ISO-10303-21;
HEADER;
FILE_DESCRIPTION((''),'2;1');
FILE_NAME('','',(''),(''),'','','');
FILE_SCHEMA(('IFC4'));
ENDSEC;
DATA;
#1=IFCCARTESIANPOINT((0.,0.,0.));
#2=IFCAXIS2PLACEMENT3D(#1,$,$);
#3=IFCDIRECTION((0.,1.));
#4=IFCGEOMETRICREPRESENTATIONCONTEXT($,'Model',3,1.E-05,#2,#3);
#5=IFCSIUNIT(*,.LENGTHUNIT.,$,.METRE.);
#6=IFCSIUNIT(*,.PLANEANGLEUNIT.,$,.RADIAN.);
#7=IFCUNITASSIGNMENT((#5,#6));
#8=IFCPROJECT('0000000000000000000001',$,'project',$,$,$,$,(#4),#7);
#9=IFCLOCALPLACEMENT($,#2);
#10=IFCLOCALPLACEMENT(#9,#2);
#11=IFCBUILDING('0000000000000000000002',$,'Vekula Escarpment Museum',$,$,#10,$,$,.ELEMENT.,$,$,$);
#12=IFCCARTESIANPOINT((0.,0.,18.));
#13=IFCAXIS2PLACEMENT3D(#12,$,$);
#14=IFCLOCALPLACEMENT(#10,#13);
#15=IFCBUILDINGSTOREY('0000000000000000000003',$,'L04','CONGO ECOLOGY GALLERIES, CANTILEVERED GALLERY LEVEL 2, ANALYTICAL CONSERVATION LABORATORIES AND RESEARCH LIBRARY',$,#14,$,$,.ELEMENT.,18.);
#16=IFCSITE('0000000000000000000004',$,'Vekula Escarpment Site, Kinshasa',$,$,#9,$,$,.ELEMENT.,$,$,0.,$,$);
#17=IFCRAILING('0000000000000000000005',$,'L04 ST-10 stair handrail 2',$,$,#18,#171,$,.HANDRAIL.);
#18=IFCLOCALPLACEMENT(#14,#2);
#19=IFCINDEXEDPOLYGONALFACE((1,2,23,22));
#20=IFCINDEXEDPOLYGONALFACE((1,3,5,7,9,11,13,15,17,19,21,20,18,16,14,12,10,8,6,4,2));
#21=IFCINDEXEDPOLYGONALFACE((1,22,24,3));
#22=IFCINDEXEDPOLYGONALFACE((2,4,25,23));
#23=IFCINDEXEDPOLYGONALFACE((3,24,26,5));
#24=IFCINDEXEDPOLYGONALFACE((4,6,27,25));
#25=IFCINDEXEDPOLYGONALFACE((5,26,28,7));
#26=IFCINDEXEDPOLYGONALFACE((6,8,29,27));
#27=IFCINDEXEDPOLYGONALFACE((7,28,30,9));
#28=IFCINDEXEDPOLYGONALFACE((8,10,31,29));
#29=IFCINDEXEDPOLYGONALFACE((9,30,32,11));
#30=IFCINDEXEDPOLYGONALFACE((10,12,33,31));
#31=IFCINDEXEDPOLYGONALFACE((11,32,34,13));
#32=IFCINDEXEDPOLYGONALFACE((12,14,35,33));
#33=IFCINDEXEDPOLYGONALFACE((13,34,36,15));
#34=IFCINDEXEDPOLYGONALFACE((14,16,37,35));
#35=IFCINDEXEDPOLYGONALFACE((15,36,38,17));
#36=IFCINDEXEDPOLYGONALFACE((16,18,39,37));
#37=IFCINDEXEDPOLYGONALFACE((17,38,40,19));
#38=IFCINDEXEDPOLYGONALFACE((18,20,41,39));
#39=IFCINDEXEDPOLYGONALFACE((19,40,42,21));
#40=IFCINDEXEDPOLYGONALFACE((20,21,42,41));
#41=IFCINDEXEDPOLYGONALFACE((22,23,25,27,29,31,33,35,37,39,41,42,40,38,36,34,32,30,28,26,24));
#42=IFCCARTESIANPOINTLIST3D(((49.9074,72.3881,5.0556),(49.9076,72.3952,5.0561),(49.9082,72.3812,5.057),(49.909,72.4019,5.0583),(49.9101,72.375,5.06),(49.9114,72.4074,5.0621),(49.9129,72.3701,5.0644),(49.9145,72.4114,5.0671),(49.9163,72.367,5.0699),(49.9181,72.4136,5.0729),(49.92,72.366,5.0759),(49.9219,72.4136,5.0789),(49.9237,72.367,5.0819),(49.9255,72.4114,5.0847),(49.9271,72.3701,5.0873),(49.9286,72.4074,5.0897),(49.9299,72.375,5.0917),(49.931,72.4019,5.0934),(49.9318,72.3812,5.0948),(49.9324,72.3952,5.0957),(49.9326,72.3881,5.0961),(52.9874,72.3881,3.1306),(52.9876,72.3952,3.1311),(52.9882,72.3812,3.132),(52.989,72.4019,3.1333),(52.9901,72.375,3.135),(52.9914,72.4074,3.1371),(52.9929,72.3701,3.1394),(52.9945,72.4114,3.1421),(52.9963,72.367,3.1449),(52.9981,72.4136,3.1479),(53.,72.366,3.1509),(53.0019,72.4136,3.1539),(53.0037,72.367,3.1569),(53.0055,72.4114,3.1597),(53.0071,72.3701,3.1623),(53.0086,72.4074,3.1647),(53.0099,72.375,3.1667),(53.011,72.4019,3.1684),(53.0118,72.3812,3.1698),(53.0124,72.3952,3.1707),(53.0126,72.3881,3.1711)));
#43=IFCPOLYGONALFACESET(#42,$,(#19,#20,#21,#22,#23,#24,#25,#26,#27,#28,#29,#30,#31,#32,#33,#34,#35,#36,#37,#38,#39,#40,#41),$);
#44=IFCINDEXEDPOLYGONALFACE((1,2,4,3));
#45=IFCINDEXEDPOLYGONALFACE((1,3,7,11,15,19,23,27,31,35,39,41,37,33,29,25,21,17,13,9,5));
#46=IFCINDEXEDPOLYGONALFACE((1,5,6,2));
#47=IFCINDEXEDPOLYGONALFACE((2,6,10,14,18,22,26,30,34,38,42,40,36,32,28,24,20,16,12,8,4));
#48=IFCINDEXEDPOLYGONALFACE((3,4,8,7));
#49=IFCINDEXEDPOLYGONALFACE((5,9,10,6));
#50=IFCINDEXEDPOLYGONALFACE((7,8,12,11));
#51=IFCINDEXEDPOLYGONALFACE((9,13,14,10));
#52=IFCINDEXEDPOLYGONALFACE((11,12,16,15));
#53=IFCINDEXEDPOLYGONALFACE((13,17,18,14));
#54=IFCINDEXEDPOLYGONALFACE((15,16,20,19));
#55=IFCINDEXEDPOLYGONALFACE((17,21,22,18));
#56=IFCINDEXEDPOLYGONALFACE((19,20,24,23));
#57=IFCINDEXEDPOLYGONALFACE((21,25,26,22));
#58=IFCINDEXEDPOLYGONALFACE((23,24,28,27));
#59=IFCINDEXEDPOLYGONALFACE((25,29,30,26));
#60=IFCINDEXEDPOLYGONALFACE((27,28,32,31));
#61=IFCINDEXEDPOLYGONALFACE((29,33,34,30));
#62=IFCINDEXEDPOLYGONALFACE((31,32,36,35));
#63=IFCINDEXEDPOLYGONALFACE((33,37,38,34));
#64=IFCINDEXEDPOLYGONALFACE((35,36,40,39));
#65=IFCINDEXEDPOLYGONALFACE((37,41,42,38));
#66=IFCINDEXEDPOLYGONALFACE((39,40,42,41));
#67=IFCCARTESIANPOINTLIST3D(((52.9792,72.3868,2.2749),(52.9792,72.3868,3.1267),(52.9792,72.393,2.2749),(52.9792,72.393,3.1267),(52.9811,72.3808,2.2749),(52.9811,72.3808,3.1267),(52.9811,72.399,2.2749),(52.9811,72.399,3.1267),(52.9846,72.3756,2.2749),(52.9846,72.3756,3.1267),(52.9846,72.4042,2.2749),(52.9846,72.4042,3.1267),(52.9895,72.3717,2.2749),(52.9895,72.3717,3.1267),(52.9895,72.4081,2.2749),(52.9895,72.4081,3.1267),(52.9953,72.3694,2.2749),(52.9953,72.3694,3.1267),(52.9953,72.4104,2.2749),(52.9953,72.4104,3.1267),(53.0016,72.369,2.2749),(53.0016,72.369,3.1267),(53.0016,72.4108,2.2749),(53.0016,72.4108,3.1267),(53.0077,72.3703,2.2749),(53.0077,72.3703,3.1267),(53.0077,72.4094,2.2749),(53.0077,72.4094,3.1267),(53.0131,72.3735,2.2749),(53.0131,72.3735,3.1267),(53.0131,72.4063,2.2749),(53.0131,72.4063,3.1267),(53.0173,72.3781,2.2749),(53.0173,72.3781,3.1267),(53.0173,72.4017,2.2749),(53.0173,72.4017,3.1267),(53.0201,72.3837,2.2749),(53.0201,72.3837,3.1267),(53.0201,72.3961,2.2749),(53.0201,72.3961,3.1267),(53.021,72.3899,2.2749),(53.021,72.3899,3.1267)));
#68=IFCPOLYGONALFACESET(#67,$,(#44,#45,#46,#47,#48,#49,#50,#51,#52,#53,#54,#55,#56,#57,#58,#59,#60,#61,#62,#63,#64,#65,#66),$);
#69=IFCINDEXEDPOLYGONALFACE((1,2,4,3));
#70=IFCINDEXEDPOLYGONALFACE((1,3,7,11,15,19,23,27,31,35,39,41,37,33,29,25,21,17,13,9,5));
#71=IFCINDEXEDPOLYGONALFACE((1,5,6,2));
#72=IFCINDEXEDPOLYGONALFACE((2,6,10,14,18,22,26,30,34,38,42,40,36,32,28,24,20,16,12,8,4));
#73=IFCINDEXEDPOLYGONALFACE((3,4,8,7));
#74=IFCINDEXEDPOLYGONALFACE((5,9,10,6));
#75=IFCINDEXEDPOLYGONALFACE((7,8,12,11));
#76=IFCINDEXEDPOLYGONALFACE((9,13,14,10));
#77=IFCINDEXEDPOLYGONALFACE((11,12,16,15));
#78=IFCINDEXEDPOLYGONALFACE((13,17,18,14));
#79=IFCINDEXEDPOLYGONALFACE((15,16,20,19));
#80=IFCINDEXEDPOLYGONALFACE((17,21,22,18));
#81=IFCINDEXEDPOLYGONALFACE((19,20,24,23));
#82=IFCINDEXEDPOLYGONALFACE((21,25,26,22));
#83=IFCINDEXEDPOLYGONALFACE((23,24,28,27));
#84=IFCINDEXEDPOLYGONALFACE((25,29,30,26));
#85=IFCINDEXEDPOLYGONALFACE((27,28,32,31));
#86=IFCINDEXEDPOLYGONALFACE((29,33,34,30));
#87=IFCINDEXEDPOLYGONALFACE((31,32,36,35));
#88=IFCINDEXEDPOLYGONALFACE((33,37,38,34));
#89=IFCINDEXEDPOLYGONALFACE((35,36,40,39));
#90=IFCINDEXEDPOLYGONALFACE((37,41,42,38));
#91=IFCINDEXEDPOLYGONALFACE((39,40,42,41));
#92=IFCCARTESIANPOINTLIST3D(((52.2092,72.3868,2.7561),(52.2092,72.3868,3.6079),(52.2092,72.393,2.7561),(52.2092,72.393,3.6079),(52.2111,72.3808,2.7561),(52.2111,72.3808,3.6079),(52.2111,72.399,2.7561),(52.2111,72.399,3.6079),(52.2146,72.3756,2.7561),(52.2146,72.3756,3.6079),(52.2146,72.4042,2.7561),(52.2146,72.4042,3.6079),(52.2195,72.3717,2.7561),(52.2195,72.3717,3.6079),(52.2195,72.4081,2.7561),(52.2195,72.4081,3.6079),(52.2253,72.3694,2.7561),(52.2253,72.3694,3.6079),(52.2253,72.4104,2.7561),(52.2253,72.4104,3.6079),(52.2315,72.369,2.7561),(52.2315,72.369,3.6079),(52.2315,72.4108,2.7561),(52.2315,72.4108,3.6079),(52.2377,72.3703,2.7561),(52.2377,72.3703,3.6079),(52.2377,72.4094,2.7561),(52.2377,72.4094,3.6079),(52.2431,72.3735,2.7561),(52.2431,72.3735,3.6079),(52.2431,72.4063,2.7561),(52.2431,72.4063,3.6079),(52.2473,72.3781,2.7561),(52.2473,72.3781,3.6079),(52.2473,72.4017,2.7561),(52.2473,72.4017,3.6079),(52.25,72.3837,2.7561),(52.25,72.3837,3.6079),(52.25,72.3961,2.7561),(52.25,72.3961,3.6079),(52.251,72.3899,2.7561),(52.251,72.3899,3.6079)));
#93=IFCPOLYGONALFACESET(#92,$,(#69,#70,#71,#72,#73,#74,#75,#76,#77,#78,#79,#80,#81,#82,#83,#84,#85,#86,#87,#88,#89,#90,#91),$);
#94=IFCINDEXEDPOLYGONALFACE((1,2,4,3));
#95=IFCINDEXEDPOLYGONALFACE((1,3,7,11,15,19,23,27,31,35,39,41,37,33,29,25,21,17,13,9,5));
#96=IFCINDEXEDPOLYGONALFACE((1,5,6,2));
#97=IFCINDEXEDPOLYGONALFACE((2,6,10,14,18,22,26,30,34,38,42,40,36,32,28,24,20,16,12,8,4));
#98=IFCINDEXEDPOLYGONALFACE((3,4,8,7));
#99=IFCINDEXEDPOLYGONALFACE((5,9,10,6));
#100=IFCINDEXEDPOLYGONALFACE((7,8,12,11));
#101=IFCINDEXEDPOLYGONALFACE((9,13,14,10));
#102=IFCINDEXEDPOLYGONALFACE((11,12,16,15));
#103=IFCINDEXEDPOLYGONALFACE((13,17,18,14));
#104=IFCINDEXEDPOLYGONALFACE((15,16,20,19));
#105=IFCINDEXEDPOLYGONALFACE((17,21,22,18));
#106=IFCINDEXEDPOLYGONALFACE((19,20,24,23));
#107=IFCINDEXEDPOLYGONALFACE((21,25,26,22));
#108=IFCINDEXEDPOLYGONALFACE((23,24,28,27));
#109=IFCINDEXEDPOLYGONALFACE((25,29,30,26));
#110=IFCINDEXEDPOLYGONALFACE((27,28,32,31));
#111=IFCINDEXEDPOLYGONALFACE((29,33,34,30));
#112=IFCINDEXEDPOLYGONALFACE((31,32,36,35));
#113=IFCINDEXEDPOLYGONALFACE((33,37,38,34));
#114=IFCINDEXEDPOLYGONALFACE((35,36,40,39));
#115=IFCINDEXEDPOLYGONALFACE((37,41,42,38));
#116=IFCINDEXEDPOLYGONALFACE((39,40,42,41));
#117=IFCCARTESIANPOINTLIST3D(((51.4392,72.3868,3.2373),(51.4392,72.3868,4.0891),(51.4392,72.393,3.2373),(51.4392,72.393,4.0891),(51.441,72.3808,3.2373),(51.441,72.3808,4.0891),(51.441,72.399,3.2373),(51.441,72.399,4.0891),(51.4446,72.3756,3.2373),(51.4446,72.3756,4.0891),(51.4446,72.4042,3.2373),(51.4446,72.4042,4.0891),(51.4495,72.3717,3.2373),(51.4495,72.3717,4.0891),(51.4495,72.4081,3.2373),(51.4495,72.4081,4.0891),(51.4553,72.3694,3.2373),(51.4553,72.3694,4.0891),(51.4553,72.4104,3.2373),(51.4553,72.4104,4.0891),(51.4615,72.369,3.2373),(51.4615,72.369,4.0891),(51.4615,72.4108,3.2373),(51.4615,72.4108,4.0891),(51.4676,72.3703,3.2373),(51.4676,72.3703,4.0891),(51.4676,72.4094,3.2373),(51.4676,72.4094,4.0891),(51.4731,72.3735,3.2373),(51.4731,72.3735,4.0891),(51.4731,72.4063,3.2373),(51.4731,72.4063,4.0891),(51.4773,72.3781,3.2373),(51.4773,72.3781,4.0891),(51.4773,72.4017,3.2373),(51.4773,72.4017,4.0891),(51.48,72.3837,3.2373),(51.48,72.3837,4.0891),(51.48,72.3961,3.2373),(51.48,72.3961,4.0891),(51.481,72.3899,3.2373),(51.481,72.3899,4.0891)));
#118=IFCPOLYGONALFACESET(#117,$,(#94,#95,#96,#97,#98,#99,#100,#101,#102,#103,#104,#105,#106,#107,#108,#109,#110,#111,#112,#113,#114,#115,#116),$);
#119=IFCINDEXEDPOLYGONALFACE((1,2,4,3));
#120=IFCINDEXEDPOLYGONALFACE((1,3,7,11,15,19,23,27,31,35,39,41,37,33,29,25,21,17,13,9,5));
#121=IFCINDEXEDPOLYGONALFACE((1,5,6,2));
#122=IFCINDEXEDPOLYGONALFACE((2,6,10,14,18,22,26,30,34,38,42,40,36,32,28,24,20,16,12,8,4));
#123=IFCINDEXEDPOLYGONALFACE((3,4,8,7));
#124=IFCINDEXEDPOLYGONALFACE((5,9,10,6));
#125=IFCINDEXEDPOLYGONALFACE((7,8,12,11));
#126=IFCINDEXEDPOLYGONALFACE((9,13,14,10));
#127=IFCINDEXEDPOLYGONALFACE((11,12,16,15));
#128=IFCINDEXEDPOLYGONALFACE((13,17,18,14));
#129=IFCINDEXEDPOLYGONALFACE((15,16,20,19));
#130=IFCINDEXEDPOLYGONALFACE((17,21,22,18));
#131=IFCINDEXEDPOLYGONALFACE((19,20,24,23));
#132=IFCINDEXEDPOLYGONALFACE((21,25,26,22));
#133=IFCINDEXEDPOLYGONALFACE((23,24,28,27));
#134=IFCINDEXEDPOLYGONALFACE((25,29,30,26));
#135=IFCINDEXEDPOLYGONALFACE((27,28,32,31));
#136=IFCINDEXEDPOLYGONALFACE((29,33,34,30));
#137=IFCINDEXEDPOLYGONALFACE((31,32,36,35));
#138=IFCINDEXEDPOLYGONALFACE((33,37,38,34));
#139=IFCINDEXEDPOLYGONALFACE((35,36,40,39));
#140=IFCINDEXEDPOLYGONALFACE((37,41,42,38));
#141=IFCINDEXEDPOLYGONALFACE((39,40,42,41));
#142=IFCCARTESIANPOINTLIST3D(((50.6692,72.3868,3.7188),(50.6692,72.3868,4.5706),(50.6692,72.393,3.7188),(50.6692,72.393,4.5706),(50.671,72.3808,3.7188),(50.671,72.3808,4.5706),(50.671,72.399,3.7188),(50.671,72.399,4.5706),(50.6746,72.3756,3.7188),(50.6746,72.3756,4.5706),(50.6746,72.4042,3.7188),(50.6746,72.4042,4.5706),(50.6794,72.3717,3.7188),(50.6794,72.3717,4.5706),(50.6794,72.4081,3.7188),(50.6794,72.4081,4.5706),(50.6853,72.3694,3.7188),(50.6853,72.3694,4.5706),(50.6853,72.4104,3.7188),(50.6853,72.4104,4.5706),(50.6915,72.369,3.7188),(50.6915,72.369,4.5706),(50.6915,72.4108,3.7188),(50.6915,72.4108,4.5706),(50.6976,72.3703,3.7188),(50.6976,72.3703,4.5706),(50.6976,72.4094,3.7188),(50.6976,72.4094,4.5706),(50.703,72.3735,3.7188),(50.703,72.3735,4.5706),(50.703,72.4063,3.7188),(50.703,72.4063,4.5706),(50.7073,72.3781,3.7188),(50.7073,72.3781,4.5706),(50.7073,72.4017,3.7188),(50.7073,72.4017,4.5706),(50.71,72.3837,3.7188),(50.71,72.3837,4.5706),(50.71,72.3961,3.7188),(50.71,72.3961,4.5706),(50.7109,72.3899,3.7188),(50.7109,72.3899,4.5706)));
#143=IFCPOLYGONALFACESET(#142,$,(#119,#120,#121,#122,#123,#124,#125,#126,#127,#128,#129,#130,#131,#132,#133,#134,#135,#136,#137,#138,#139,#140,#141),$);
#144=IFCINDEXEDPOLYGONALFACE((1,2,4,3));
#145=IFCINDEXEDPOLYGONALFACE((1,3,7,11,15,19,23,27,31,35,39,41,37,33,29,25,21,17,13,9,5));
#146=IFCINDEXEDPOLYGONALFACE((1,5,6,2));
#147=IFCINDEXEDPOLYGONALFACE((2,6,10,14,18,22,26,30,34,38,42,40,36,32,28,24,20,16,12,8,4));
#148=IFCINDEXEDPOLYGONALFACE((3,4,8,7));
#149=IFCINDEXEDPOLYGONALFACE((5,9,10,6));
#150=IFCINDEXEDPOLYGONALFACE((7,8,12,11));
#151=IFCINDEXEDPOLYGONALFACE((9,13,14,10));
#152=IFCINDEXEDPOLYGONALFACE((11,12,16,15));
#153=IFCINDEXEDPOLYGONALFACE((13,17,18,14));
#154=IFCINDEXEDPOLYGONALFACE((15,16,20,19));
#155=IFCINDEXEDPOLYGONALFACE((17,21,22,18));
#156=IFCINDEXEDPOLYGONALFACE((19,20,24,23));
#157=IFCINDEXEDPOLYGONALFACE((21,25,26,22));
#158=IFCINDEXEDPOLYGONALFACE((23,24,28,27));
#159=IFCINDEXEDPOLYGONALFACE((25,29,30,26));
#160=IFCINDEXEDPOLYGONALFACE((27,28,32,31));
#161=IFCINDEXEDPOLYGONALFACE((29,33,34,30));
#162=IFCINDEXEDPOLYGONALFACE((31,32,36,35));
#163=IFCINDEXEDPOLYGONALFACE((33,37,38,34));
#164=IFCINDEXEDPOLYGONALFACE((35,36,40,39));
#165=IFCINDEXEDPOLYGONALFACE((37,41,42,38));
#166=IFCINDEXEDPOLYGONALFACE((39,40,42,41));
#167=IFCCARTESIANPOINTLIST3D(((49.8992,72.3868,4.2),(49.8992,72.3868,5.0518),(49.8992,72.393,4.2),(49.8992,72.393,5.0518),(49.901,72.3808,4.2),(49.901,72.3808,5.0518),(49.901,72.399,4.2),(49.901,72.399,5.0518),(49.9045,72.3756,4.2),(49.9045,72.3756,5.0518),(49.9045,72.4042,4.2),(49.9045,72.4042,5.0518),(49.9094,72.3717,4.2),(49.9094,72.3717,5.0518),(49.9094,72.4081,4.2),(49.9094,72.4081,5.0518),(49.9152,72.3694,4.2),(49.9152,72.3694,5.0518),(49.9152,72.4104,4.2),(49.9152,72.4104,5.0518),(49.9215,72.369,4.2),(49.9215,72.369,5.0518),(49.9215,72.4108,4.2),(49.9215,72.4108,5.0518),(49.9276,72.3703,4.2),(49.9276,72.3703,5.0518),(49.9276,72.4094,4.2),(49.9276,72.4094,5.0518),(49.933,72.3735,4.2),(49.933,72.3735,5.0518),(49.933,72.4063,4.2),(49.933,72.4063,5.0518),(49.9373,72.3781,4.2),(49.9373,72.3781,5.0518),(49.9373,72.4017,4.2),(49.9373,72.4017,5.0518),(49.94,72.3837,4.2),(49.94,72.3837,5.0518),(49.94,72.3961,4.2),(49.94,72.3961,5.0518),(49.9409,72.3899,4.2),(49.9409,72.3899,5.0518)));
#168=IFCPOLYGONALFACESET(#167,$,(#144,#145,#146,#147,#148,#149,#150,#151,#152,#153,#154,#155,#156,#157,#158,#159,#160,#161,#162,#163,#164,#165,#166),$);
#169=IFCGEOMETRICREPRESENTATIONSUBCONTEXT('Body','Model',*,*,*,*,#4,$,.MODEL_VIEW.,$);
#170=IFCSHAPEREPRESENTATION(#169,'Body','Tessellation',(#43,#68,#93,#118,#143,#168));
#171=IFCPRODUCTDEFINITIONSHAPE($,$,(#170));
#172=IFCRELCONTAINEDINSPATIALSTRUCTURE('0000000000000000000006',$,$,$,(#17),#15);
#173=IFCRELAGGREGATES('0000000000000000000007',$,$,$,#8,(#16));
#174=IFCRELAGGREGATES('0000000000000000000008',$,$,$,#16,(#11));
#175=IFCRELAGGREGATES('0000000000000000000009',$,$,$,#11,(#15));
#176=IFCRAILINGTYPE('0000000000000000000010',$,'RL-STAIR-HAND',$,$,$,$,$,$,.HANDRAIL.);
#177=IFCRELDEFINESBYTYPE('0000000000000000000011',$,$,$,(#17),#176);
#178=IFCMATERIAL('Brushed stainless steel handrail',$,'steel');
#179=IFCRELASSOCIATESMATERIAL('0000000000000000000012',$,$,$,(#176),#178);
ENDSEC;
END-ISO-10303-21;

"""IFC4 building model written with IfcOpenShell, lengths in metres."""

from ifc_helpers import new_model, si_unit, direction, frame, origin, origin_2d, place, context, subcontext, project, spatial, circle, extrude, material, type_object, element, save


model = new_model("IFC4")

# Units and contexts
model_context = context("Model", 3, precision=1e-05, world=origin(), true_north=direction((0.0, 1.0)))
body_context = subcontext(model_context, "Body", "Model", "MODEL_VIEW")
ifc_project = project(units=[si_unit("LENGTHUNIT", "METRE"), si_unit("PLANEANGLEUNIT", "RADIAN")], contexts=[model_context])

# Site, building, storey
site_placement = place(None, origin())
site = spatial("IfcSite", under=ifc_project, at=site_placement, Name="Vekula Escarpment Site, Kinshasa", CompositionType="ELEMENT", RefElevation=0.0)
building_placement = place(site_placement, origin())
building = spatial("IfcBuilding", under=site, at=building_placement, Name="Vekula Escarpment Museum", CompositionType="ELEMENT")
storey_placement = place(building_placement, frame((0.0, 0.0, 18.0)))
storey = spatial("IfcBuildingStorey", under=building, at=storey_placement, Name="L04", Description="CONGO ECOLOGY GALLERIES, CANTILEVERED GALLERY LEVEL 2, ANALYTICAL CONSERVATION LABORATORIES AND RESEARCH LIBRARY", CompositionType="ELEMENT", Elevation=18.0)

# Railing
ifc_material_1 = material(Name="Brushed stainless steel handrail", Category="steel")
railing_type_1 = type_object("IfcRailingType", Name="RL-STAIR-HAND", PredefinedType="HANDRAIL", material=ifc_material_1)
railing_1_placement = place(storey_placement, frame((53.0, 72.3899, 2.2749)))
element("IfcRailing", 1, at=railing_1_placement, inside=storey, type_object=railing_type_1, Name="L04 ST-10 stair handrail 2", PredefinedType="HANDRAIL", context=body_context, shape_type="SweptSolid", body=[
    extrude(circle(Radius=0.0239, at=origin_2d()), frame((0.0, 0.0, 0.876), z_axis=(-0.847998, 0.0, 0.529999), x_axis=(0.0, -1.0, 0.0)), (0.0, 0.0, 1.0), 3.6321),
    extrude(circle(Radius=0.021, at=origin_2d()), origin(), (0.0, 0.0, 1.0), 0.8518),
    extrude(circle(Radius=0.021, at=origin_2d()), frame((-0.77, 0.0, 0.4812)), (0.0, 0.0, 1.0), 0.8518),
    extrude(circle(Radius=0.021, at=origin_2d()), frame((-1.54, 0.0, 0.9624)), (0.0, 0.0, 1.0), 0.8518),
    extrude(circle(Radius=0.021, at=origin_2d()), frame((-2.3101, 0.0, 1.4438)), (0.0, 0.0, 1.0), 0.8518),
    extrude(circle(Radius=0.021, at=origin_2d()), frame((-3.0801, 0.0, 1.925)), (0.0, 0.0, 1.0), 0.8518),
])

save(model, "model.ifc")
